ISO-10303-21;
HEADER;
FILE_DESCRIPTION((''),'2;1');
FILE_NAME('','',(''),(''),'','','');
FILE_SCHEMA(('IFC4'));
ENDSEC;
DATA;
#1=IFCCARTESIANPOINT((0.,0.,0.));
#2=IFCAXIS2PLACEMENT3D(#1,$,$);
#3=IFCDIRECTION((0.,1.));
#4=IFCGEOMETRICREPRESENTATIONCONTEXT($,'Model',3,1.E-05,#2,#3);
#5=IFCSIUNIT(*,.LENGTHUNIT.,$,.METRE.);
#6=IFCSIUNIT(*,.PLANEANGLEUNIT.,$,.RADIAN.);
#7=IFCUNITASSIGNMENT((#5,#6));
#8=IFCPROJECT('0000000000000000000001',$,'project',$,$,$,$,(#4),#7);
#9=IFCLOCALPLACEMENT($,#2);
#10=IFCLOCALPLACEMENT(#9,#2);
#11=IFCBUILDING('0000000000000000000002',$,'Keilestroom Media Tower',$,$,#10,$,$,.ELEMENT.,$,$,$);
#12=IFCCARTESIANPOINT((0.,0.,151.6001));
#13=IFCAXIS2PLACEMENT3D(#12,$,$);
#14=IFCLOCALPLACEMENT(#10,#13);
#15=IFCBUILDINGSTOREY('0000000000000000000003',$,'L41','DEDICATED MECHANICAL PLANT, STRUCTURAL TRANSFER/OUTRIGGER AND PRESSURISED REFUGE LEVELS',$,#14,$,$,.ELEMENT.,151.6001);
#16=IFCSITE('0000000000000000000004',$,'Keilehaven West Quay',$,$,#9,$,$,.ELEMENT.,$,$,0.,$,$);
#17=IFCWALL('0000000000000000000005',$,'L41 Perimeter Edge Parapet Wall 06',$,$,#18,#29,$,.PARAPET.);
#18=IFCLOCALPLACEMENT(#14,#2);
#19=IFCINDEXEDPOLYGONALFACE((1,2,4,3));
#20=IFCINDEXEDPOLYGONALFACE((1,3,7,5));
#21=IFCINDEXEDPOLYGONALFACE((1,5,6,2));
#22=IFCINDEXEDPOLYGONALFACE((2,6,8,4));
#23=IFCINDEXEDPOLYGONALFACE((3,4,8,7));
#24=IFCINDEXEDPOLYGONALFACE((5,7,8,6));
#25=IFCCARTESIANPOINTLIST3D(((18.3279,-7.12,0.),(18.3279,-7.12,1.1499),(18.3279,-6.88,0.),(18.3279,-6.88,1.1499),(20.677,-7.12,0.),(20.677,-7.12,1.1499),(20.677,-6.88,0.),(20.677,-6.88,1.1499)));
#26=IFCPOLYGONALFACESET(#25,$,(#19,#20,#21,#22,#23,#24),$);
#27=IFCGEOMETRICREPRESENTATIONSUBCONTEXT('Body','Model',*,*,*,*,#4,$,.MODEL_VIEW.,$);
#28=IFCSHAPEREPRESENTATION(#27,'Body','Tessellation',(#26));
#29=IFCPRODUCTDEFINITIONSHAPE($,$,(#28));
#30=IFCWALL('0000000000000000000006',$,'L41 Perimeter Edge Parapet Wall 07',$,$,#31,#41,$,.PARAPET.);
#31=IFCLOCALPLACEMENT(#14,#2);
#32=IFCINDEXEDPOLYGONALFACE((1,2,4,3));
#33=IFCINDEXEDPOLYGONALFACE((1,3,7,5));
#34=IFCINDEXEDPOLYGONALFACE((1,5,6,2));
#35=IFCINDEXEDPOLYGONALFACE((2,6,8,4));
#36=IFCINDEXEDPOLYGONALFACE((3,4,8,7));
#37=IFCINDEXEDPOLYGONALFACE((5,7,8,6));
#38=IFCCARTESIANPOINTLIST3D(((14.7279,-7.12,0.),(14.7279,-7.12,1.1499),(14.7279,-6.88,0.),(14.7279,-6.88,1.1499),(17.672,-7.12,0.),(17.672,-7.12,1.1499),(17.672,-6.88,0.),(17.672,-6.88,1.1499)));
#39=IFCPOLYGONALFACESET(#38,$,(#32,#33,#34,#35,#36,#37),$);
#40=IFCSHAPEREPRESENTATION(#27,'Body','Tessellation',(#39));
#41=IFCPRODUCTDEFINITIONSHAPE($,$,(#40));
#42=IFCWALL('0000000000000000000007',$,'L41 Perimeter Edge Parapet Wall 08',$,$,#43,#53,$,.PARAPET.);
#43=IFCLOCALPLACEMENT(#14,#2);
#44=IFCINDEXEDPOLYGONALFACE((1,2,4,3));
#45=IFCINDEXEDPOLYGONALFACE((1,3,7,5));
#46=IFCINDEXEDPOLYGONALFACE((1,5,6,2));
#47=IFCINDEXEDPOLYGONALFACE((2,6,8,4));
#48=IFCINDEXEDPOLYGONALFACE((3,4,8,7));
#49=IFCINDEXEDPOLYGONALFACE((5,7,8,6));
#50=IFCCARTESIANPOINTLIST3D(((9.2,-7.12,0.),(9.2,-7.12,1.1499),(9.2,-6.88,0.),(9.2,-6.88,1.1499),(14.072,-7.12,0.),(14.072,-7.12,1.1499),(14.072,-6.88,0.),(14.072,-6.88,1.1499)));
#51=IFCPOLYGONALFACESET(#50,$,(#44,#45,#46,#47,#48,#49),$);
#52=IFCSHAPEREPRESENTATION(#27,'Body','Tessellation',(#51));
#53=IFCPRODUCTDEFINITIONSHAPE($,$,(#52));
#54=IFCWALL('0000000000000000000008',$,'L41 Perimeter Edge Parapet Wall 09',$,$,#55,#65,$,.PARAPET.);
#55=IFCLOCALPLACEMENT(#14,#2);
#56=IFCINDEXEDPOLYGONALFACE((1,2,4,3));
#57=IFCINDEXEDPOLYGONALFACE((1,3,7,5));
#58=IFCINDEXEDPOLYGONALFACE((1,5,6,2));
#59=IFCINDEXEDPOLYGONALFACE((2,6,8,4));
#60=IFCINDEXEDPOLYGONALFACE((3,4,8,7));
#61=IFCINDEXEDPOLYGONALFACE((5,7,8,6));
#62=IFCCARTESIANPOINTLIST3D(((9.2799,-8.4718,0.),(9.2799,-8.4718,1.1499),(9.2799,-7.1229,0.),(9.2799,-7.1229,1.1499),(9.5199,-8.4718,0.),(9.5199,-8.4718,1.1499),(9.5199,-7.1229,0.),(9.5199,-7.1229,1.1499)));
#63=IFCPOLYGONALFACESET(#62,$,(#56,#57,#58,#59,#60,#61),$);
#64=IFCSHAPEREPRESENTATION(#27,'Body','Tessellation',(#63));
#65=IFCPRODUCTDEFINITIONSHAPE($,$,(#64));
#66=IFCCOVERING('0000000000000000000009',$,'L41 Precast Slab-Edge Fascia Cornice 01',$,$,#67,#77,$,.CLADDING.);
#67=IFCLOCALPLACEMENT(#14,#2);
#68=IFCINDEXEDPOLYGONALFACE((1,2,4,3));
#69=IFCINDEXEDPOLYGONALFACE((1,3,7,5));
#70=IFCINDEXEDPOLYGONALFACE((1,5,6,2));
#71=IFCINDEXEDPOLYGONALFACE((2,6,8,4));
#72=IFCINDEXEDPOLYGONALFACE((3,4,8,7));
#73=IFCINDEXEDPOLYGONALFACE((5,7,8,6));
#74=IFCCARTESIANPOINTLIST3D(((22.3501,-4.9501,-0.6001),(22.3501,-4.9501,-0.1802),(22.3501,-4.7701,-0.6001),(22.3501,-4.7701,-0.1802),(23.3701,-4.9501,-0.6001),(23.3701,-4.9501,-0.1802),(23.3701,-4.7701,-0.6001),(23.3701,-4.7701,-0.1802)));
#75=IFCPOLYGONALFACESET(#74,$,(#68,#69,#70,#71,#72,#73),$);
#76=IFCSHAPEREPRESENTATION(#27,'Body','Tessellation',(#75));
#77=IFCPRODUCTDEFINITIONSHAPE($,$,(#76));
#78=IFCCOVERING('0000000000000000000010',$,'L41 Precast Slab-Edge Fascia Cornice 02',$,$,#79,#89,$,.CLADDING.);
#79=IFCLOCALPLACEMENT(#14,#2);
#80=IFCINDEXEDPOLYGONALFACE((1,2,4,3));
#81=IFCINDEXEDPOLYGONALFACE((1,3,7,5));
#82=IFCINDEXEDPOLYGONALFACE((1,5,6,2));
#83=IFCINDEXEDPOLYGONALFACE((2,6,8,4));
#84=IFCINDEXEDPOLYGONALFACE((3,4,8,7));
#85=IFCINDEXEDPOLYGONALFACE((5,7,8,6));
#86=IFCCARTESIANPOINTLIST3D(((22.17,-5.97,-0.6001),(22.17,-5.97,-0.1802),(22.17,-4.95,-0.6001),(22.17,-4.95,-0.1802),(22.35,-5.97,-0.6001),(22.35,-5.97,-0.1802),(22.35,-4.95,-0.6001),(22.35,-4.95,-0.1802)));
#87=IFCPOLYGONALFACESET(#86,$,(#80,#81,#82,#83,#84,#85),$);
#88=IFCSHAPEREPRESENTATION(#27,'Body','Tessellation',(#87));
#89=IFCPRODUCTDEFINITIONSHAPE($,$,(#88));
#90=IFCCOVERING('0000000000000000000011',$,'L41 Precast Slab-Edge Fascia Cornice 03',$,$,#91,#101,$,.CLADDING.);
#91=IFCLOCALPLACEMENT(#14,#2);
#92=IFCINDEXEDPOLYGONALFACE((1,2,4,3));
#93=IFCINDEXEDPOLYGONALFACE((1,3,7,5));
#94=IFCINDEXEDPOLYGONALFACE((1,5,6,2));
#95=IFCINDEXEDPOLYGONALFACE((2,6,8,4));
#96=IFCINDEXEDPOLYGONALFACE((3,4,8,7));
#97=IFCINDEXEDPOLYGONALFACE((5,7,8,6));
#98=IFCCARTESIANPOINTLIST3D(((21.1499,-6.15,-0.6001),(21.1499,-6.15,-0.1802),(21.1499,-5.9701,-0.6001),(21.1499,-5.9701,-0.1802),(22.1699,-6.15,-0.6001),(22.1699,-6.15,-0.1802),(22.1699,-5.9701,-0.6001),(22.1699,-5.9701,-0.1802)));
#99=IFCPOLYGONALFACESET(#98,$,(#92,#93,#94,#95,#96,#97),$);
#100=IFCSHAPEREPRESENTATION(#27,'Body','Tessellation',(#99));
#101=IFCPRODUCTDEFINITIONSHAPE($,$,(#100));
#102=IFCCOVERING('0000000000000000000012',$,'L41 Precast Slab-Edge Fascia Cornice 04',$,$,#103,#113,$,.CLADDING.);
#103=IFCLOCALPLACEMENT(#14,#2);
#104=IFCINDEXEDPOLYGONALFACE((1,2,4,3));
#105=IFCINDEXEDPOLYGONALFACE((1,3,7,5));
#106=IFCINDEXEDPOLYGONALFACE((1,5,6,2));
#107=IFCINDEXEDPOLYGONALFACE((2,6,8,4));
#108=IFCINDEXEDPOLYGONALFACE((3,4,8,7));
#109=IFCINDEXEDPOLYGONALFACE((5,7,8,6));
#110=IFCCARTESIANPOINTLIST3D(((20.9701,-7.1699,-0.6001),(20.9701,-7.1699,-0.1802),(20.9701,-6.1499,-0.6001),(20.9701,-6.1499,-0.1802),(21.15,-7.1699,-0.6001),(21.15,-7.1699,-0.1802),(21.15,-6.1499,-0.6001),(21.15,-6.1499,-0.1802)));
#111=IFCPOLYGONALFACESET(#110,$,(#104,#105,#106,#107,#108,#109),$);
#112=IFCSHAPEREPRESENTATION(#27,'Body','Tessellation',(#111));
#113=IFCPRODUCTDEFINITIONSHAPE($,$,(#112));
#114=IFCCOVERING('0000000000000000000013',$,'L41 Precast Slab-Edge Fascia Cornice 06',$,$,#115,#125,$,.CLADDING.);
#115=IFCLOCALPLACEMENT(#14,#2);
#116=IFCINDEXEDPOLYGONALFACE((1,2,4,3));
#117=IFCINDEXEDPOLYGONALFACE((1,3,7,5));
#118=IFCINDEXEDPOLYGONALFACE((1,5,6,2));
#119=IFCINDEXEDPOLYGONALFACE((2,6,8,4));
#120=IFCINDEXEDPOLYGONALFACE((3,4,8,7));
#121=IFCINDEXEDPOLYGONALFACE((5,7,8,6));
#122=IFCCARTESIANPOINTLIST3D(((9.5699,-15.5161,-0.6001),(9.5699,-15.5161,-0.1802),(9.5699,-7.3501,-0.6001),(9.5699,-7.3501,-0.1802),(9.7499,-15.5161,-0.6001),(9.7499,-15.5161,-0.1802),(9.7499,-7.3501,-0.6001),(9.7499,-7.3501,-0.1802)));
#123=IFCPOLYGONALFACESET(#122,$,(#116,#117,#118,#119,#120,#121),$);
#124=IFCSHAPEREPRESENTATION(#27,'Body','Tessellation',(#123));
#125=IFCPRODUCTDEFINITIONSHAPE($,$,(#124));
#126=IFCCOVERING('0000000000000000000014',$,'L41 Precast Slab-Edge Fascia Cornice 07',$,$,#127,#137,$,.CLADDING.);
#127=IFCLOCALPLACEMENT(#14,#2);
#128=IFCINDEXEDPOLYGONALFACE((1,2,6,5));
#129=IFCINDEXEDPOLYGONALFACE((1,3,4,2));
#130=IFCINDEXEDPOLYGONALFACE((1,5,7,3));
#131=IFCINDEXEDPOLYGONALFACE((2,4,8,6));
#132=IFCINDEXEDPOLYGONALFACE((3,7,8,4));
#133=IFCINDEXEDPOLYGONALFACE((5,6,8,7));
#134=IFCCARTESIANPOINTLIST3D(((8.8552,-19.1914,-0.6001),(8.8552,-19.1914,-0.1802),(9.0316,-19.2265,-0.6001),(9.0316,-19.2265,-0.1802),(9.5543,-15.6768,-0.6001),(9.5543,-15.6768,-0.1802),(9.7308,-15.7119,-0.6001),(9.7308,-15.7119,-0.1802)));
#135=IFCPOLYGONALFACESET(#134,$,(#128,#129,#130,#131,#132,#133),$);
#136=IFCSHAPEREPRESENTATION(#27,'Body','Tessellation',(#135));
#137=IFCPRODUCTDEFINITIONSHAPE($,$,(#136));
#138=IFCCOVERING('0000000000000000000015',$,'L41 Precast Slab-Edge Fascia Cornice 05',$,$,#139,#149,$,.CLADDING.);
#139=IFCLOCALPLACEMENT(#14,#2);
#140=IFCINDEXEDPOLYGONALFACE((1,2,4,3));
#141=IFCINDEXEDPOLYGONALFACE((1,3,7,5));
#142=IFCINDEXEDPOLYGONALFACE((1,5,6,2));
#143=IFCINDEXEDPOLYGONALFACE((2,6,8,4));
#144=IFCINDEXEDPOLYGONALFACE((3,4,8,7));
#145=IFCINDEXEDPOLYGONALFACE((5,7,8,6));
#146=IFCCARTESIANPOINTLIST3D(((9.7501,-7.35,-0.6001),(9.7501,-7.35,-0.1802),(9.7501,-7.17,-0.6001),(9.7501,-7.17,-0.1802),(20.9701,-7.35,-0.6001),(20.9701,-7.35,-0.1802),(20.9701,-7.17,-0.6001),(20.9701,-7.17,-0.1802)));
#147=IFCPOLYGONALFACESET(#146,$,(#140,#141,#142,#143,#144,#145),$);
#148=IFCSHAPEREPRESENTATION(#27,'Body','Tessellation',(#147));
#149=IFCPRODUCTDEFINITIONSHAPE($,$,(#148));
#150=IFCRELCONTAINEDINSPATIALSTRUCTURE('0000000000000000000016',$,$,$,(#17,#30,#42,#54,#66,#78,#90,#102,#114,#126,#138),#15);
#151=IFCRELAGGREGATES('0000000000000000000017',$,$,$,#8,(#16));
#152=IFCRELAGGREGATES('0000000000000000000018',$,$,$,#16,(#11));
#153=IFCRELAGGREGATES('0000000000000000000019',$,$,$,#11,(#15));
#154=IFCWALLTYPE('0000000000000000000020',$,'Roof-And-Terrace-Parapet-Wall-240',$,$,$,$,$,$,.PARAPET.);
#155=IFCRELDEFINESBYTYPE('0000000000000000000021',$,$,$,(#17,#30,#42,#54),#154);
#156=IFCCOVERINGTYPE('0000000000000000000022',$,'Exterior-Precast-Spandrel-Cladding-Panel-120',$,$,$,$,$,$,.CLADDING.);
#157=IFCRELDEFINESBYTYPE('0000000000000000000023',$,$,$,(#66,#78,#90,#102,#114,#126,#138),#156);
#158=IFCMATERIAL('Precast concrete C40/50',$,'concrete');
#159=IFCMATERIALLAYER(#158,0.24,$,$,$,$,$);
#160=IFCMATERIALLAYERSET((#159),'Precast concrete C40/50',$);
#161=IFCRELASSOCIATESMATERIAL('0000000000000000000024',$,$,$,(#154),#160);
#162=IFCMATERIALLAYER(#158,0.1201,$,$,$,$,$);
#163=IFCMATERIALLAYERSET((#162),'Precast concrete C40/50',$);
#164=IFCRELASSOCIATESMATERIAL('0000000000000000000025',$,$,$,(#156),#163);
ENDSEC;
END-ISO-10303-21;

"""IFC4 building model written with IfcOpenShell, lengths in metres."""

from ifc_helpers import new_model, si_unit, direction, frame, frame_2d, origin, origin_2d, place, context, subcontext, project, spatial, rectangle, extrude, source, transform, mapped, material, layer, layer_set, type_object, element, save


model = new_model("IFC4")

# Units and contexts
model_context = context("Model", 3, precision=1e-05, world=origin(), true_north=direction((0.0, 1.0)))
body_context = subcontext(model_context, "Body", "Model", "MODEL_VIEW")
ifc_project = project(units=[si_unit("LENGTHUNIT", "METRE"), si_unit("PLANEANGLEUNIT", "RADIAN")], contexts=[model_context])

# Site, building, storey
site_placement = place(None, origin())
site = spatial("IfcSite", under=ifc_project, at=site_placement, Name="Keilehaven West Quay", CompositionType="ELEMENT", RefElevation=0.0)
building_placement = place(site_placement, origin())
building = spatial("IfcBuilding", under=site, at=building_placement, Name="Keilestroom Media Tower", CompositionType="ELEMENT")
storey_placement = place(building_placement, frame((0.0, 0.0, 151.6001)))
storey = spatial("IfcBuildingStorey", under=building, at=storey_placement, Name="L41", Description="DEDICATED MECHANICAL PLANT, STRUCTURAL TRANSFER/OUTRIGGER AND PRESSURISED REFUGE LEVELS", CompositionType="ELEMENT", Elevation=151.6001)

# Shared definitions
ifc_material_1 = material(Name="Precast concrete C40/50", Category="concrete")

# Walls
ifc_layer_1 = layer(ifc_material_1, 0.24)
ifc_layer_set_1 = layer_set([ifc_layer_1], Name="Precast concrete C40/50")
wall_type_1 = type_object("IfcWallType", Name="Roof-And-Terrace-Parapet-Wall-240", PredefinedType="PARAPET", material=ifc_layer_set_1)
wall_1_placement = place(storey_placement, frame((20.677, -7.0, 0.0), z_axis=(0.0, 0.0, 1.0), x_axis=(-1.0, 0.0, 0.0)))
element("IfcWall", 1, at=wall_1_placement, inside=storey, type_object=wall_type_1, Name="L41 Perimeter Edge Parapet Wall 06", PredefinedType="PARAPET", context=body_context, shape_type="SweptSolid", body=[
    extrude(rectangle(XDim=2.3491, YDim=0.24, at=frame_2d((1.1746, 0.0))), origin(), (0.0, 0.0, 1.0), 1.1499),
])
wall_2_placement = place(storey_placement, frame((17.6721, -7.0, 0.0), z_axis=(0.0, 0.0, 1.0), x_axis=(-1.0, 0.0, 0.0)))
element("IfcWall", 2, at=wall_2_placement, inside=storey, type_object=wall_type_1, Name="L41 Perimeter Edge Parapet Wall 07", PredefinedType="PARAPET", context=body_context, shape_type="SweptSolid", body=[
    extrude(rectangle(XDim=2.9441, YDim=0.24, at=frame_2d((1.4722, 0.0))), origin(), (0.0, 0.0, 1.0), 1.1499),
])
wall_3_placement = place(storey_placement, frame((14.072, -7.0, 0.0), z_axis=(0.0, 0.0, 1.0), x_axis=(-1.0, 0.0, 0.0)))
element("IfcWall", 3, at=wall_3_placement, inside=storey, type_object=wall_type_1, Name="L41 Perimeter Edge Parapet Wall 08", PredefinedType="PARAPET", context=body_context, shape_type="SweptSolid", body=[
    extrude(rectangle(XDim=4.8721, YDim=0.24, at=frame_2d((2.436, 0.0))), origin(), (0.0, 0.0, 1.0), 1.1499),
])
wall_4_placement = place(storey_placement, frame((9.3999, -7.123, 0.0), z_axis=(0.0, 0.0, 1.0), x_axis=(0.0, -1.0, 0.0)))
element("IfcWall", 4, at=wall_4_placement, inside=storey, type_object=wall_type_1, Name="L41 Perimeter Edge Parapet Wall 09", PredefinedType="PARAPET", context=body_context, shape_type="SweptSolid", body=[
    extrude(rectangle(XDim=1.3489, YDim=0.24, at=frame_2d((0.6743, 0.0))), origin(), (0.0, 0.0, 1.0), 1.1499),
])

# Coverings
ifc_layer_2 = layer(ifc_material_1, 0.1201)
ifc_layer_set_2 = layer_set([ifc_layer_2], Name="Precast concrete C40/50")
covering_type = type_object("IfcCoveringType", Name="Exterior-Precast-Spandrel-Cladding-Panel-120", PredefinedType="CLADDING", material=ifc_layer_set_2)
shared_shape_1 = source(origin(), body_context, "Body", "SweptSolid", [
    extrude(rectangle(XDim=1.02, YDim=0.1799, at=origin_2d()), origin(), (0.0, 0.0, 1.0), 0.4199),
])
for number, where, z_axis, x_axis, name in (
    (5, (22.8601, -4.8601, -0.6001), (0.0, 0.0, 1.0), (-1.0, 0.0, 0.0), "L41 Precast Slab-Edge Fascia Cornice 01"),
    (6, (22.26, -5.46, -0.6001), (0.0, 0.0, 1.0), (0.0, -1.0, 0.0), "L41 Precast Slab-Edge Fascia Cornice 02"),
    (7, (21.6599, -6.0601, -0.6001), (0.0, 0.0, 1.0), (-1.0, 0.0, 0.0), "L41 Precast Slab-Edge Fascia Cornice 03"),
    (8, (21.0601, -6.6599, -0.6001), (0.0, 0.0, 1.0), (0.0, -1.0, 0.0), "L41 Precast Slab-Edge Fascia Cornice 04"),
):
    element("IfcCovering", number, at=place(storey_placement, frame(where, z_axis=z_axis, x_axis=x_axis)), inside=storey, type_object=covering_type, Name=name, PredefinedType="CLADDING", context=body_context, shape_type="MappedRepresentation", body=[
        mapped(shared_shape_1, transform((0.0, 0.0, 0.0), x_axis=(1.0, 0.0, 0.0), y_axis=(0.0, 1.0, 0.0), z_axis=(0.0, 0.0, 1.0), scale=1.0)),
    ])
shared_shape_2 = source(origin(), body_context, "Body", "SweptSolid", [
    extrude(rectangle(XDim=8.166, YDim=0.1799, at=origin_2d()), origin(), (0.0, 0.0, 1.0), 0.4199),
])
covering_1_placement = place(storey_placement, frame((9.6599, -11.4331, -0.6001), z_axis=(0.0, 0.0, 1.0), x_axis=(0.0, -1.0, 0.0)))
element("IfcCovering", 9, at=covering_1_placement, inside=storey, type_object=covering_type, Name="L41 Precast Slab-Edge Fascia Cornice 06", PredefinedType="CLADDING", context=body_context, shape_type="MappedRepresentation", body=[
    mapped(shared_shape_2, transform((0.0, 0.0, 0.0), x_axis=(1.0, 0.0, 0.0), y_axis=(0.0, 1.0, 0.0), z_axis=(0.0, 0.0, 1.0), scale=1.0)),
])
shared_shape_3 = source(origin(), body_context, "Body", "SweptSolid", [
    extrude(rectangle(XDim=3.5835, YDim=0.1799, at=origin_2d()), origin(), (0.0, 0.0, 1.0), 0.4199),
])
covering_2_placement = place(storey_placement, frame((9.293, -17.4517, -0.6001), z_axis=(0.0, 0.0, 1.0), x_axis=(-0.195099, -0.980784, 0.0)))
element("IfcCovering", 10, at=covering_2_placement, inside=storey, type_object=covering_type, Name="L41 Precast Slab-Edge Fascia Cornice 07", PredefinedType="CLADDING", context=body_context, shape_type="MappedRepresentation", body=[
    mapped(shared_shape_3, transform((0.0, 0.0, 0.0), x_axis=(1.0, 0.0, 0.0), y_axis=(0.0, 1.0, 0.0), z_axis=(0.0, 0.0, 1.0), scale=1.0)),
])
shared_shape_4 = source(origin(), body_context, "Body", "SweptSolid", [
    extrude(rectangle(XDim=11.22, YDim=0.1799, at=origin_2d()), origin(), (0.0, 0.0, 1.0), 0.4199),
])
covering_3_placement = place(storey_placement, frame((15.3601, -7.26, -0.6001), z_axis=(0.0, 0.0, 1.0), x_axis=(-1.0, 0.0, 0.0)))
element("IfcCovering", 11, at=covering_3_placement, inside=storey, type_object=covering_type, Name="L41 Precast Slab-Edge Fascia Cornice 05", PredefinedType="CLADDING", context=body_context, shape_type="MappedRepresentation", body=[
    mapped(shared_shape_4, transform((0.0, 0.0, 0.0), x_axis=(1.0, 0.0, 0.0), y_axis=(0.0, 1.0, 0.0), z_axis=(0.0, 0.0, 1.0), scale=1.0)),
])

save(model, "model.ifc")
